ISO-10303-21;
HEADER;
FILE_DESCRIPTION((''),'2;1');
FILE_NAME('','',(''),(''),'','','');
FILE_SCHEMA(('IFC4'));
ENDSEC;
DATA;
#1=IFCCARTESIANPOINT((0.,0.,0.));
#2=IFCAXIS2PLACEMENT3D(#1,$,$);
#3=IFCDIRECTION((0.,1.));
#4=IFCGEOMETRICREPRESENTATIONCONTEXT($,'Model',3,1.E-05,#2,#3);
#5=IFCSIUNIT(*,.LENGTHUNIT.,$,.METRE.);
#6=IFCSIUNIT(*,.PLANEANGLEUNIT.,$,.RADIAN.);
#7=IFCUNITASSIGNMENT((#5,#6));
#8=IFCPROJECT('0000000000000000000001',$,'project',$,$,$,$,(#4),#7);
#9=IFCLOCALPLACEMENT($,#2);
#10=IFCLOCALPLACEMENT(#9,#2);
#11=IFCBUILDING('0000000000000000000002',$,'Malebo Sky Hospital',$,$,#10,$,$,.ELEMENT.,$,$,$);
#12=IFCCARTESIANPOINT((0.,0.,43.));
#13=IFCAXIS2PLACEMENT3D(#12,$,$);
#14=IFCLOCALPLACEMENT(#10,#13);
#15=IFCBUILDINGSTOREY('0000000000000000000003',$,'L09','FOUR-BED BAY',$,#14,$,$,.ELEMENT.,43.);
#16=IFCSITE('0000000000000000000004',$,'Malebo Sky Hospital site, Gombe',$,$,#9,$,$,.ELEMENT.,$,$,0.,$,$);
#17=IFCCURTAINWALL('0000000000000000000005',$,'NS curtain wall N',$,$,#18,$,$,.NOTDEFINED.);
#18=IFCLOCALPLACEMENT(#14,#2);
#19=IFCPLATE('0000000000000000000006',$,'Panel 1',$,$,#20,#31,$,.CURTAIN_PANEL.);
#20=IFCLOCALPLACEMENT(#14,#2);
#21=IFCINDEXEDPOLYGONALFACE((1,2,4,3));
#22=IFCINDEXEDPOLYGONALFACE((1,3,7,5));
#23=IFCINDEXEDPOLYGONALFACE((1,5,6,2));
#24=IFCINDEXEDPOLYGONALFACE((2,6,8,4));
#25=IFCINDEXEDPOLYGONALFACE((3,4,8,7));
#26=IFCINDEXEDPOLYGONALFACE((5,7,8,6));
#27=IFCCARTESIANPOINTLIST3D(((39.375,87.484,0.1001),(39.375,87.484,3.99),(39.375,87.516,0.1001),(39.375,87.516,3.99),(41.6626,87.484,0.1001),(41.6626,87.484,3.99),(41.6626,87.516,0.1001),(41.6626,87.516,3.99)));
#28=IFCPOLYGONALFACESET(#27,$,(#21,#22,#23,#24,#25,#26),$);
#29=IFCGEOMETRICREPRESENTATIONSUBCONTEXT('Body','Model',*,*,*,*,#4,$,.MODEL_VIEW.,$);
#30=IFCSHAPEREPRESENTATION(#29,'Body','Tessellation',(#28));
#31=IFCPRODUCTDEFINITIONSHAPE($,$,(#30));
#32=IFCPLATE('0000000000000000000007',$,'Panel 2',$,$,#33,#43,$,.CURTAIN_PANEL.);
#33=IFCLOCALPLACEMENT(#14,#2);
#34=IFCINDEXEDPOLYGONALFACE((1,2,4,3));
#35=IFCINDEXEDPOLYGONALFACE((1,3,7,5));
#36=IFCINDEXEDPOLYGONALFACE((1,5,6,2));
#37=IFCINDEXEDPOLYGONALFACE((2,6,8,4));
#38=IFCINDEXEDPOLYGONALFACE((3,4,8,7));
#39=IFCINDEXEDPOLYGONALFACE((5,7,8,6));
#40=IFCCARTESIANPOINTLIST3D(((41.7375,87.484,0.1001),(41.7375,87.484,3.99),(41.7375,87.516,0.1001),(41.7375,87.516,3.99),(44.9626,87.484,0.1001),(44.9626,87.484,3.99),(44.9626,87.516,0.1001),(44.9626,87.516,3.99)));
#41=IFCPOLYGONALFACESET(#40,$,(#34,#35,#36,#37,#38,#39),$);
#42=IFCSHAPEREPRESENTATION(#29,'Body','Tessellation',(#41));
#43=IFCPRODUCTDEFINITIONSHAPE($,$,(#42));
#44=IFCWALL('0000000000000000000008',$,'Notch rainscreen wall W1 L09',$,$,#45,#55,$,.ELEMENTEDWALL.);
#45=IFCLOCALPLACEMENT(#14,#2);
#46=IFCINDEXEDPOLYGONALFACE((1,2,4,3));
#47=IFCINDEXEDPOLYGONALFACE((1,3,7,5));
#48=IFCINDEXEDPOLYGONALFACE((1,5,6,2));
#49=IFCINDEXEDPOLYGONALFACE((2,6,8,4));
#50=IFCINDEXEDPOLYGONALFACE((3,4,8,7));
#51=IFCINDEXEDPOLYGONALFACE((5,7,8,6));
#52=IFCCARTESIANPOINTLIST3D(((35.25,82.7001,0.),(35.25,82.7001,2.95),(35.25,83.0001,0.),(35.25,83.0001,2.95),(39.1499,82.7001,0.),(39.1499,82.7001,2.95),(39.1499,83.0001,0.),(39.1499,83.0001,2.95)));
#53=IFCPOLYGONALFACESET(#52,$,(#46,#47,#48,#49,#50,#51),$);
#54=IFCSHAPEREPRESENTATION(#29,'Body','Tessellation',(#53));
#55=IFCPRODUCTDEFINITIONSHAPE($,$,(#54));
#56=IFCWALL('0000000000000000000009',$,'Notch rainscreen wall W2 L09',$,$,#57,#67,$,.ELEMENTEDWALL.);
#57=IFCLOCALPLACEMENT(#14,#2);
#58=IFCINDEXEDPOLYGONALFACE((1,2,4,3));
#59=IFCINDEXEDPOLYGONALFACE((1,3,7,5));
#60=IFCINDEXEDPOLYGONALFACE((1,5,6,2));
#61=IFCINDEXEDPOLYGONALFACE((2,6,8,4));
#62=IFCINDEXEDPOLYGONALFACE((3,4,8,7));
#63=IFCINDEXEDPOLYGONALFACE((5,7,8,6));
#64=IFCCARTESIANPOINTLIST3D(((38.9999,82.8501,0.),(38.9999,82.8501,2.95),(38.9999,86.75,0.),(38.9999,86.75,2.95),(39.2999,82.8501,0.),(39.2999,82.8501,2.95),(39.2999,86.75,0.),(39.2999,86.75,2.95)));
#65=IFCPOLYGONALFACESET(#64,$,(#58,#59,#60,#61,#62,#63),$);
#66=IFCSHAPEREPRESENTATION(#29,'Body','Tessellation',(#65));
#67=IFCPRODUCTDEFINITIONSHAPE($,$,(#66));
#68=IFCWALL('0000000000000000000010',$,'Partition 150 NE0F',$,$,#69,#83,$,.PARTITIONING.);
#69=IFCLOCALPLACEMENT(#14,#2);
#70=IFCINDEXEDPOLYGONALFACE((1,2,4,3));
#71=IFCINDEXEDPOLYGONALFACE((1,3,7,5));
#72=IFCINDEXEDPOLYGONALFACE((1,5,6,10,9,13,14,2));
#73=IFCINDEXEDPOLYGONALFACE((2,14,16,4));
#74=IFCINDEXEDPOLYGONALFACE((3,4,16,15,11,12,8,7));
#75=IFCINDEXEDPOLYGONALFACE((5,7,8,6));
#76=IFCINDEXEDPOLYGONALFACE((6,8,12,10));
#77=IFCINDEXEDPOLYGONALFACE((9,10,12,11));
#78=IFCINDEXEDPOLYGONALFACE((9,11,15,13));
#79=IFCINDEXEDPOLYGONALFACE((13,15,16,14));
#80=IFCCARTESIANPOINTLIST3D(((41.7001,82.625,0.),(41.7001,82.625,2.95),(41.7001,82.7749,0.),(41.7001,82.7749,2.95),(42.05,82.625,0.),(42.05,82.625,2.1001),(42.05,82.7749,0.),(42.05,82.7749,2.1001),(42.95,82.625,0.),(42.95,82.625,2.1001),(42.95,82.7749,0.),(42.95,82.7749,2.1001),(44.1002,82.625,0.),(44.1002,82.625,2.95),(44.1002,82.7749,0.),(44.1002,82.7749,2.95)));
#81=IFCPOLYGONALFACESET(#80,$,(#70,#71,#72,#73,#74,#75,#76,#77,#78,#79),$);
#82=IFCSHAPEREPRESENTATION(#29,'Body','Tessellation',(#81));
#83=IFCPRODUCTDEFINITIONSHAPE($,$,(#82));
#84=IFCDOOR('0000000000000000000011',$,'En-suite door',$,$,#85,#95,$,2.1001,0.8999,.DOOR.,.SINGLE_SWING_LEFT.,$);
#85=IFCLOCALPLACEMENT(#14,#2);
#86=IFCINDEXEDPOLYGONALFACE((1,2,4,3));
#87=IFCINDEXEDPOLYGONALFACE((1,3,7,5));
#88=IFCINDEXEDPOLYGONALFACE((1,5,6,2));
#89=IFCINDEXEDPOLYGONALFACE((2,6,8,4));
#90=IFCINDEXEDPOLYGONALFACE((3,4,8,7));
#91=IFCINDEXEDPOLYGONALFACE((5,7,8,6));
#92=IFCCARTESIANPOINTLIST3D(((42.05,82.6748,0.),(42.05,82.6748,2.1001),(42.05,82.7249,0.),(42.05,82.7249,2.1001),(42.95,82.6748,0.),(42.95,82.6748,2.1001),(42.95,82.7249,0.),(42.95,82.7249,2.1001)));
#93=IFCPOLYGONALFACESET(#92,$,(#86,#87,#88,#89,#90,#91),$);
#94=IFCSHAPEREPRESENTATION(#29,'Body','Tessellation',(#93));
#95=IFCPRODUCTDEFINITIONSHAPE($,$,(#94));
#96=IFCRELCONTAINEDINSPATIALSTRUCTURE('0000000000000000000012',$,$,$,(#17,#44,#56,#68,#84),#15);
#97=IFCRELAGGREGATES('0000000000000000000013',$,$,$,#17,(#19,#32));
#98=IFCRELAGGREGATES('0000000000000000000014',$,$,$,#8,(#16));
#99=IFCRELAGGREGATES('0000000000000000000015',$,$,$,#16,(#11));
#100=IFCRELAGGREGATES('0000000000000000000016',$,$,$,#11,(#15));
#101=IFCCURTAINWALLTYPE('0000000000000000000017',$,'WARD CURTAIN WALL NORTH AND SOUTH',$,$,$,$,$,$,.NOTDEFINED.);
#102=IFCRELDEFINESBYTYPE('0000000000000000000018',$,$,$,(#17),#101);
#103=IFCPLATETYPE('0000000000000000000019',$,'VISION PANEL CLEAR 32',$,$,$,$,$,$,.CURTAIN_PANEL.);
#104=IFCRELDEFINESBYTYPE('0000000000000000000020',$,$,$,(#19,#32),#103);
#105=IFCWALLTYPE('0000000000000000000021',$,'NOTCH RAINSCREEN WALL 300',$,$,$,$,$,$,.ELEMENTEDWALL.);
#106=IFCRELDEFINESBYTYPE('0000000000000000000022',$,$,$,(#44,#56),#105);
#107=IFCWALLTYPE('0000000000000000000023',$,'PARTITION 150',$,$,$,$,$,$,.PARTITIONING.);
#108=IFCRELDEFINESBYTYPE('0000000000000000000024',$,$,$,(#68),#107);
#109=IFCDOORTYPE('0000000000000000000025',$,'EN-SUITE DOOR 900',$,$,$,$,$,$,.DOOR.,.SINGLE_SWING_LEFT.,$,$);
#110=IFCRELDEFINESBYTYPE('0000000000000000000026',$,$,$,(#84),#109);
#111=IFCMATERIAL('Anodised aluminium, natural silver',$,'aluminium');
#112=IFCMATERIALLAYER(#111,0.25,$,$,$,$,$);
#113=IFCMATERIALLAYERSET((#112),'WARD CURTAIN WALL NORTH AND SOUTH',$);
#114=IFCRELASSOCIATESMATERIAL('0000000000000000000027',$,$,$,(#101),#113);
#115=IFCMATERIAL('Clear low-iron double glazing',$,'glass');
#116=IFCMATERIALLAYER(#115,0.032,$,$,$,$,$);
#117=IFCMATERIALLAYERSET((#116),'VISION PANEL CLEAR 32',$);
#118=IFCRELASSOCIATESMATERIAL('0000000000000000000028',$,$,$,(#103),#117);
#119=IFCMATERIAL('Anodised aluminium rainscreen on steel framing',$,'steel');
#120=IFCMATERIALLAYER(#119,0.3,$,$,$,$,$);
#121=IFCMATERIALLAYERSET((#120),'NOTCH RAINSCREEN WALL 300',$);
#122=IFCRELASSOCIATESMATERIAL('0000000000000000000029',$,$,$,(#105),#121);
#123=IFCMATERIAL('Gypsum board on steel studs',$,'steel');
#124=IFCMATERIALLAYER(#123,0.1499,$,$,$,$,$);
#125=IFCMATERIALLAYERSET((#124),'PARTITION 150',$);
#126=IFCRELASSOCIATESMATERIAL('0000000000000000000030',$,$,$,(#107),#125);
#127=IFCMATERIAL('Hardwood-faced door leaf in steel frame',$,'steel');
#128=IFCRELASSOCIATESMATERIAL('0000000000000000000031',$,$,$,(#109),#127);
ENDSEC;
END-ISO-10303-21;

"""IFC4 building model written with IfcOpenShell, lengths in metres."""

from ifc_helpers import new_model, si_unit, direction, frame, frame_2d, origin, origin_2d, place, context, subcontext, project, spatial, rectangle, extrude, material, layer, layer_set, type_object, element, fill, aggregate, save


model = new_model("IFC4")

# Units and contexts
model_context = context("Model", 3, precision=1e-05, world=origin(), true_north=direction((0.0, 1.0)))
body_context = subcontext(model_context, "Body", "Model", "MODEL_VIEW")
ifc_project = project(units=[si_unit("LENGTHUNIT", "METRE"), si_unit("PLANEANGLEUNIT", "RADIAN")], contexts=[model_context])

# Site, building, storey
site_placement = place(None, origin())
site = spatial("IfcSite", under=ifc_project, at=site_placement, Name="Malebo Sky Hospital site, Gombe", CompositionType="ELEMENT", RefElevation=0.0)
building_placement = place(site_placement, origin())
building = spatial("IfcBuilding", under=site, at=building_placement, Name="Malebo Sky Hospital", CompositionType="ELEMENT")
storey_placement = place(building_placement, frame((0.0, 0.0, 43.0)))
storey = spatial("IfcBuildingStorey", under=building, at=storey_placement, Name="L09", Description="FOUR-BED BAY", CompositionType="ELEMENT", Elevation=43.0)

# Curtain wall
ifc_material_1 = material(Name="Anodised aluminium, natural silver", Category="aluminium")
ifc_layer_1 = layer(ifc_material_1, 0.25)
ifc_layer_set_1 = layer_set([ifc_layer_1], Name="WARD CURTAIN WALL NORTH AND SOUTH")
curtain_wall_type_1 = type_object("IfcCurtainWallType", Name="WARD CURTAIN WALL NORTH AND SOUTH", PredefinedType="NOTDEFINED", material=ifc_layer_set_1)
curtain_wall_1_placement = place(storey_placement, origin())
curtain_wall_1 = element("IfcCurtainWall", 1, at=curtain_wall_1_placement, inside=storey, type_object=curtain_wall_type_1, Name="NS curtain wall N", PredefinedType="NOTDEFINED")

# Plates
ifc_material_2 = material(Name="Clear low-iron double glazing", Category="glass")
ifc_layer_2 = layer(ifc_material_2, 0.032)
ifc_layer_set_2 = layer_set([ifc_layer_2], Name="VISION PANEL CLEAR 32")
plate_type = type_object("IfcPlateType", Name="VISION PANEL CLEAR 32", PredefinedType="CURTAIN_PANEL", material=ifc_layer_set_2)
plate_1_placement = place(storey_placement, frame((40.5188, 87.5, 0.1001), z_axis=(0.0, 0.0, 1.0), x_axis=(1.0, 0.0, 0.0)))
plate_1 = element("IfcPlate", 2, at=plate_1_placement, type_object=plate_type, Name="Panel 1", PredefinedType="CURTAIN_PANEL", context=body_context, shape_type="SweptSolid", body=[
    extrude(rectangle(XDim=2.2876, YDim=0.032, at=origin_2d()), origin(), (0.0, 0.0, 1.0), 3.8899),
])
plate_2_placement = place(storey_placement, frame((43.3501, 87.5, 0.1001), z_axis=(0.0, 0.0, 1.0), x_axis=(1.0, 0.0, 0.0)))
plate_2 = element("IfcPlate", 3, at=plate_2_placement, type_object=plate_type, Name="Panel 2", PredefinedType="CURTAIN_PANEL", context=body_context, shape_type="SweptSolid", body=[
    extrude(rectangle(XDim=3.2251, YDim=0.032, at=origin_2d()), origin(), (0.0, 0.0, 1.0), 3.8899),
])
aggregate(curtain_wall_1, [plate_1, plate_2])

# Walls
ifc_material_3 = material(Name="Anodised aluminium rainscreen on steel framing", Category="steel")
ifc_layer_3 = layer(ifc_material_3, 0.3)
ifc_layer_set_3 = layer_set([ifc_layer_3], Name="NOTCH RAINSCREEN WALL 300")
wall_type_1 = type_object("IfcWallType", Name="NOTCH RAINSCREEN WALL 300", PredefinedType="ELEMENTEDWALL", material=ifc_layer_set_3)
for number, where, z_axis, x_axis, name in (
    (4, (35.25, 82.8501, 0.0), (0.0, 0.0, 1.0), (1.0, 0.0, 0.0), "Notch rainscreen wall W1 L09"),
    (5, (39.1499, 82.8501, 0.0), (0.0, 0.0, 1.0), (0.0, 1.0, 0.0), "Notch rainscreen wall W2 L09"),
):
    element("IfcWall", number, at=place(storey_placement, frame(where, z_axis=z_axis, x_axis=x_axis)), inside=storey, type_object=wall_type_1, Name=name, PredefinedType="ELEMENTEDWALL", context=body_context, shape_type="SweptSolid", body=[
        extrude(rectangle(XDim=3.8999, YDim=0.3, at=frame_2d((1.95, 0.0))), origin(), (0.0, 0.0, 1.0), 2.95),
    ])

# Wall, opening, door
ifc_material_4 = material(Name="Gypsum board on steel studs", Category="steel")
ifc_layer_4 = layer(ifc_material_4, 0.1499)
ifc_layer_set_4 = layer_set([ifc_layer_4], Name="PARTITION 150")
wall_type_2 = type_object("IfcWallType", Name="PARTITION 150", PredefinedType="PARTITIONING", material=ifc_layer_set_4)
wall_placement = place(storey_placement, frame((41.7, 82.7, 0.0), z_axis=(0.0, 0.0, 1.0), x_axis=(1.0, 0.0, 0.0)))
wall = element("IfcWall", 6, at=wall_placement, inside=storey, type_object=wall_type_2, Name="Partition 150 NE0F", PredefinedType="PARTITIONING", context=body_context, shape_type="SweptSolid", body=[
    extrude(rectangle(XDim=2.4001, YDim=0.1499, at=frame_2d((1.2002, 0.0))), origin(), (0.0, 0.0, 1.0), 2.95),
])
opening_placement = place(wall_placement, frame((0.3501, 0.0, 0.0)))
opening = element("IfcOpeningElement", 7, at=opening_placement, cuts=wall, PredefinedType="OPENING", context=body_context, shape_type="SweptSolid", body=[
    extrude(rectangle(XDim=0.8999, YDim=2.1001, at=frame_2d((0.45, 1.05))), frame((0.0, 0.085, 0.0), z_axis=(0.0, -1.0, 0.0), x_axis=(1.0, 0.0, 0.0)), (0.0, 0.0, 1.0), 0.1699),
])
ifc_material_5 = material(Name="Hardwood-faced door leaf in steel frame", Category="steel")
door_type = type_object("IfcDoorType", Name="EN-SUITE DOOR 900", OperationType="SINGLE_SWING_LEFT", PredefinedType="DOOR", material=ifc_material_5)
door_placement = place(opening_placement, origin())
door = element("IfcDoor", 8, at=door_placement, inside=storey, type_object=door_type, Name="En-suite door", OperationType="SINGLE_SWING_LEFT", OverallHeight=2.1001, OverallWidth=0.8999, PredefinedType="DOOR", context=body_context, shape_type="SweptSolid", body=[
    extrude(rectangle(XDim=0.8999, YDim=2.1001, at=frame_2d((0.45, 1.05))), frame((0.0, 0.0249, 0.0), z_axis=(0.0, -1.0, 0.0), x_axis=(1.0, 0.0, 0.0)), (0.0, 0.0, 1.0), 0.05),
])
fill(opening, door)

save(model, "model.ifc")
